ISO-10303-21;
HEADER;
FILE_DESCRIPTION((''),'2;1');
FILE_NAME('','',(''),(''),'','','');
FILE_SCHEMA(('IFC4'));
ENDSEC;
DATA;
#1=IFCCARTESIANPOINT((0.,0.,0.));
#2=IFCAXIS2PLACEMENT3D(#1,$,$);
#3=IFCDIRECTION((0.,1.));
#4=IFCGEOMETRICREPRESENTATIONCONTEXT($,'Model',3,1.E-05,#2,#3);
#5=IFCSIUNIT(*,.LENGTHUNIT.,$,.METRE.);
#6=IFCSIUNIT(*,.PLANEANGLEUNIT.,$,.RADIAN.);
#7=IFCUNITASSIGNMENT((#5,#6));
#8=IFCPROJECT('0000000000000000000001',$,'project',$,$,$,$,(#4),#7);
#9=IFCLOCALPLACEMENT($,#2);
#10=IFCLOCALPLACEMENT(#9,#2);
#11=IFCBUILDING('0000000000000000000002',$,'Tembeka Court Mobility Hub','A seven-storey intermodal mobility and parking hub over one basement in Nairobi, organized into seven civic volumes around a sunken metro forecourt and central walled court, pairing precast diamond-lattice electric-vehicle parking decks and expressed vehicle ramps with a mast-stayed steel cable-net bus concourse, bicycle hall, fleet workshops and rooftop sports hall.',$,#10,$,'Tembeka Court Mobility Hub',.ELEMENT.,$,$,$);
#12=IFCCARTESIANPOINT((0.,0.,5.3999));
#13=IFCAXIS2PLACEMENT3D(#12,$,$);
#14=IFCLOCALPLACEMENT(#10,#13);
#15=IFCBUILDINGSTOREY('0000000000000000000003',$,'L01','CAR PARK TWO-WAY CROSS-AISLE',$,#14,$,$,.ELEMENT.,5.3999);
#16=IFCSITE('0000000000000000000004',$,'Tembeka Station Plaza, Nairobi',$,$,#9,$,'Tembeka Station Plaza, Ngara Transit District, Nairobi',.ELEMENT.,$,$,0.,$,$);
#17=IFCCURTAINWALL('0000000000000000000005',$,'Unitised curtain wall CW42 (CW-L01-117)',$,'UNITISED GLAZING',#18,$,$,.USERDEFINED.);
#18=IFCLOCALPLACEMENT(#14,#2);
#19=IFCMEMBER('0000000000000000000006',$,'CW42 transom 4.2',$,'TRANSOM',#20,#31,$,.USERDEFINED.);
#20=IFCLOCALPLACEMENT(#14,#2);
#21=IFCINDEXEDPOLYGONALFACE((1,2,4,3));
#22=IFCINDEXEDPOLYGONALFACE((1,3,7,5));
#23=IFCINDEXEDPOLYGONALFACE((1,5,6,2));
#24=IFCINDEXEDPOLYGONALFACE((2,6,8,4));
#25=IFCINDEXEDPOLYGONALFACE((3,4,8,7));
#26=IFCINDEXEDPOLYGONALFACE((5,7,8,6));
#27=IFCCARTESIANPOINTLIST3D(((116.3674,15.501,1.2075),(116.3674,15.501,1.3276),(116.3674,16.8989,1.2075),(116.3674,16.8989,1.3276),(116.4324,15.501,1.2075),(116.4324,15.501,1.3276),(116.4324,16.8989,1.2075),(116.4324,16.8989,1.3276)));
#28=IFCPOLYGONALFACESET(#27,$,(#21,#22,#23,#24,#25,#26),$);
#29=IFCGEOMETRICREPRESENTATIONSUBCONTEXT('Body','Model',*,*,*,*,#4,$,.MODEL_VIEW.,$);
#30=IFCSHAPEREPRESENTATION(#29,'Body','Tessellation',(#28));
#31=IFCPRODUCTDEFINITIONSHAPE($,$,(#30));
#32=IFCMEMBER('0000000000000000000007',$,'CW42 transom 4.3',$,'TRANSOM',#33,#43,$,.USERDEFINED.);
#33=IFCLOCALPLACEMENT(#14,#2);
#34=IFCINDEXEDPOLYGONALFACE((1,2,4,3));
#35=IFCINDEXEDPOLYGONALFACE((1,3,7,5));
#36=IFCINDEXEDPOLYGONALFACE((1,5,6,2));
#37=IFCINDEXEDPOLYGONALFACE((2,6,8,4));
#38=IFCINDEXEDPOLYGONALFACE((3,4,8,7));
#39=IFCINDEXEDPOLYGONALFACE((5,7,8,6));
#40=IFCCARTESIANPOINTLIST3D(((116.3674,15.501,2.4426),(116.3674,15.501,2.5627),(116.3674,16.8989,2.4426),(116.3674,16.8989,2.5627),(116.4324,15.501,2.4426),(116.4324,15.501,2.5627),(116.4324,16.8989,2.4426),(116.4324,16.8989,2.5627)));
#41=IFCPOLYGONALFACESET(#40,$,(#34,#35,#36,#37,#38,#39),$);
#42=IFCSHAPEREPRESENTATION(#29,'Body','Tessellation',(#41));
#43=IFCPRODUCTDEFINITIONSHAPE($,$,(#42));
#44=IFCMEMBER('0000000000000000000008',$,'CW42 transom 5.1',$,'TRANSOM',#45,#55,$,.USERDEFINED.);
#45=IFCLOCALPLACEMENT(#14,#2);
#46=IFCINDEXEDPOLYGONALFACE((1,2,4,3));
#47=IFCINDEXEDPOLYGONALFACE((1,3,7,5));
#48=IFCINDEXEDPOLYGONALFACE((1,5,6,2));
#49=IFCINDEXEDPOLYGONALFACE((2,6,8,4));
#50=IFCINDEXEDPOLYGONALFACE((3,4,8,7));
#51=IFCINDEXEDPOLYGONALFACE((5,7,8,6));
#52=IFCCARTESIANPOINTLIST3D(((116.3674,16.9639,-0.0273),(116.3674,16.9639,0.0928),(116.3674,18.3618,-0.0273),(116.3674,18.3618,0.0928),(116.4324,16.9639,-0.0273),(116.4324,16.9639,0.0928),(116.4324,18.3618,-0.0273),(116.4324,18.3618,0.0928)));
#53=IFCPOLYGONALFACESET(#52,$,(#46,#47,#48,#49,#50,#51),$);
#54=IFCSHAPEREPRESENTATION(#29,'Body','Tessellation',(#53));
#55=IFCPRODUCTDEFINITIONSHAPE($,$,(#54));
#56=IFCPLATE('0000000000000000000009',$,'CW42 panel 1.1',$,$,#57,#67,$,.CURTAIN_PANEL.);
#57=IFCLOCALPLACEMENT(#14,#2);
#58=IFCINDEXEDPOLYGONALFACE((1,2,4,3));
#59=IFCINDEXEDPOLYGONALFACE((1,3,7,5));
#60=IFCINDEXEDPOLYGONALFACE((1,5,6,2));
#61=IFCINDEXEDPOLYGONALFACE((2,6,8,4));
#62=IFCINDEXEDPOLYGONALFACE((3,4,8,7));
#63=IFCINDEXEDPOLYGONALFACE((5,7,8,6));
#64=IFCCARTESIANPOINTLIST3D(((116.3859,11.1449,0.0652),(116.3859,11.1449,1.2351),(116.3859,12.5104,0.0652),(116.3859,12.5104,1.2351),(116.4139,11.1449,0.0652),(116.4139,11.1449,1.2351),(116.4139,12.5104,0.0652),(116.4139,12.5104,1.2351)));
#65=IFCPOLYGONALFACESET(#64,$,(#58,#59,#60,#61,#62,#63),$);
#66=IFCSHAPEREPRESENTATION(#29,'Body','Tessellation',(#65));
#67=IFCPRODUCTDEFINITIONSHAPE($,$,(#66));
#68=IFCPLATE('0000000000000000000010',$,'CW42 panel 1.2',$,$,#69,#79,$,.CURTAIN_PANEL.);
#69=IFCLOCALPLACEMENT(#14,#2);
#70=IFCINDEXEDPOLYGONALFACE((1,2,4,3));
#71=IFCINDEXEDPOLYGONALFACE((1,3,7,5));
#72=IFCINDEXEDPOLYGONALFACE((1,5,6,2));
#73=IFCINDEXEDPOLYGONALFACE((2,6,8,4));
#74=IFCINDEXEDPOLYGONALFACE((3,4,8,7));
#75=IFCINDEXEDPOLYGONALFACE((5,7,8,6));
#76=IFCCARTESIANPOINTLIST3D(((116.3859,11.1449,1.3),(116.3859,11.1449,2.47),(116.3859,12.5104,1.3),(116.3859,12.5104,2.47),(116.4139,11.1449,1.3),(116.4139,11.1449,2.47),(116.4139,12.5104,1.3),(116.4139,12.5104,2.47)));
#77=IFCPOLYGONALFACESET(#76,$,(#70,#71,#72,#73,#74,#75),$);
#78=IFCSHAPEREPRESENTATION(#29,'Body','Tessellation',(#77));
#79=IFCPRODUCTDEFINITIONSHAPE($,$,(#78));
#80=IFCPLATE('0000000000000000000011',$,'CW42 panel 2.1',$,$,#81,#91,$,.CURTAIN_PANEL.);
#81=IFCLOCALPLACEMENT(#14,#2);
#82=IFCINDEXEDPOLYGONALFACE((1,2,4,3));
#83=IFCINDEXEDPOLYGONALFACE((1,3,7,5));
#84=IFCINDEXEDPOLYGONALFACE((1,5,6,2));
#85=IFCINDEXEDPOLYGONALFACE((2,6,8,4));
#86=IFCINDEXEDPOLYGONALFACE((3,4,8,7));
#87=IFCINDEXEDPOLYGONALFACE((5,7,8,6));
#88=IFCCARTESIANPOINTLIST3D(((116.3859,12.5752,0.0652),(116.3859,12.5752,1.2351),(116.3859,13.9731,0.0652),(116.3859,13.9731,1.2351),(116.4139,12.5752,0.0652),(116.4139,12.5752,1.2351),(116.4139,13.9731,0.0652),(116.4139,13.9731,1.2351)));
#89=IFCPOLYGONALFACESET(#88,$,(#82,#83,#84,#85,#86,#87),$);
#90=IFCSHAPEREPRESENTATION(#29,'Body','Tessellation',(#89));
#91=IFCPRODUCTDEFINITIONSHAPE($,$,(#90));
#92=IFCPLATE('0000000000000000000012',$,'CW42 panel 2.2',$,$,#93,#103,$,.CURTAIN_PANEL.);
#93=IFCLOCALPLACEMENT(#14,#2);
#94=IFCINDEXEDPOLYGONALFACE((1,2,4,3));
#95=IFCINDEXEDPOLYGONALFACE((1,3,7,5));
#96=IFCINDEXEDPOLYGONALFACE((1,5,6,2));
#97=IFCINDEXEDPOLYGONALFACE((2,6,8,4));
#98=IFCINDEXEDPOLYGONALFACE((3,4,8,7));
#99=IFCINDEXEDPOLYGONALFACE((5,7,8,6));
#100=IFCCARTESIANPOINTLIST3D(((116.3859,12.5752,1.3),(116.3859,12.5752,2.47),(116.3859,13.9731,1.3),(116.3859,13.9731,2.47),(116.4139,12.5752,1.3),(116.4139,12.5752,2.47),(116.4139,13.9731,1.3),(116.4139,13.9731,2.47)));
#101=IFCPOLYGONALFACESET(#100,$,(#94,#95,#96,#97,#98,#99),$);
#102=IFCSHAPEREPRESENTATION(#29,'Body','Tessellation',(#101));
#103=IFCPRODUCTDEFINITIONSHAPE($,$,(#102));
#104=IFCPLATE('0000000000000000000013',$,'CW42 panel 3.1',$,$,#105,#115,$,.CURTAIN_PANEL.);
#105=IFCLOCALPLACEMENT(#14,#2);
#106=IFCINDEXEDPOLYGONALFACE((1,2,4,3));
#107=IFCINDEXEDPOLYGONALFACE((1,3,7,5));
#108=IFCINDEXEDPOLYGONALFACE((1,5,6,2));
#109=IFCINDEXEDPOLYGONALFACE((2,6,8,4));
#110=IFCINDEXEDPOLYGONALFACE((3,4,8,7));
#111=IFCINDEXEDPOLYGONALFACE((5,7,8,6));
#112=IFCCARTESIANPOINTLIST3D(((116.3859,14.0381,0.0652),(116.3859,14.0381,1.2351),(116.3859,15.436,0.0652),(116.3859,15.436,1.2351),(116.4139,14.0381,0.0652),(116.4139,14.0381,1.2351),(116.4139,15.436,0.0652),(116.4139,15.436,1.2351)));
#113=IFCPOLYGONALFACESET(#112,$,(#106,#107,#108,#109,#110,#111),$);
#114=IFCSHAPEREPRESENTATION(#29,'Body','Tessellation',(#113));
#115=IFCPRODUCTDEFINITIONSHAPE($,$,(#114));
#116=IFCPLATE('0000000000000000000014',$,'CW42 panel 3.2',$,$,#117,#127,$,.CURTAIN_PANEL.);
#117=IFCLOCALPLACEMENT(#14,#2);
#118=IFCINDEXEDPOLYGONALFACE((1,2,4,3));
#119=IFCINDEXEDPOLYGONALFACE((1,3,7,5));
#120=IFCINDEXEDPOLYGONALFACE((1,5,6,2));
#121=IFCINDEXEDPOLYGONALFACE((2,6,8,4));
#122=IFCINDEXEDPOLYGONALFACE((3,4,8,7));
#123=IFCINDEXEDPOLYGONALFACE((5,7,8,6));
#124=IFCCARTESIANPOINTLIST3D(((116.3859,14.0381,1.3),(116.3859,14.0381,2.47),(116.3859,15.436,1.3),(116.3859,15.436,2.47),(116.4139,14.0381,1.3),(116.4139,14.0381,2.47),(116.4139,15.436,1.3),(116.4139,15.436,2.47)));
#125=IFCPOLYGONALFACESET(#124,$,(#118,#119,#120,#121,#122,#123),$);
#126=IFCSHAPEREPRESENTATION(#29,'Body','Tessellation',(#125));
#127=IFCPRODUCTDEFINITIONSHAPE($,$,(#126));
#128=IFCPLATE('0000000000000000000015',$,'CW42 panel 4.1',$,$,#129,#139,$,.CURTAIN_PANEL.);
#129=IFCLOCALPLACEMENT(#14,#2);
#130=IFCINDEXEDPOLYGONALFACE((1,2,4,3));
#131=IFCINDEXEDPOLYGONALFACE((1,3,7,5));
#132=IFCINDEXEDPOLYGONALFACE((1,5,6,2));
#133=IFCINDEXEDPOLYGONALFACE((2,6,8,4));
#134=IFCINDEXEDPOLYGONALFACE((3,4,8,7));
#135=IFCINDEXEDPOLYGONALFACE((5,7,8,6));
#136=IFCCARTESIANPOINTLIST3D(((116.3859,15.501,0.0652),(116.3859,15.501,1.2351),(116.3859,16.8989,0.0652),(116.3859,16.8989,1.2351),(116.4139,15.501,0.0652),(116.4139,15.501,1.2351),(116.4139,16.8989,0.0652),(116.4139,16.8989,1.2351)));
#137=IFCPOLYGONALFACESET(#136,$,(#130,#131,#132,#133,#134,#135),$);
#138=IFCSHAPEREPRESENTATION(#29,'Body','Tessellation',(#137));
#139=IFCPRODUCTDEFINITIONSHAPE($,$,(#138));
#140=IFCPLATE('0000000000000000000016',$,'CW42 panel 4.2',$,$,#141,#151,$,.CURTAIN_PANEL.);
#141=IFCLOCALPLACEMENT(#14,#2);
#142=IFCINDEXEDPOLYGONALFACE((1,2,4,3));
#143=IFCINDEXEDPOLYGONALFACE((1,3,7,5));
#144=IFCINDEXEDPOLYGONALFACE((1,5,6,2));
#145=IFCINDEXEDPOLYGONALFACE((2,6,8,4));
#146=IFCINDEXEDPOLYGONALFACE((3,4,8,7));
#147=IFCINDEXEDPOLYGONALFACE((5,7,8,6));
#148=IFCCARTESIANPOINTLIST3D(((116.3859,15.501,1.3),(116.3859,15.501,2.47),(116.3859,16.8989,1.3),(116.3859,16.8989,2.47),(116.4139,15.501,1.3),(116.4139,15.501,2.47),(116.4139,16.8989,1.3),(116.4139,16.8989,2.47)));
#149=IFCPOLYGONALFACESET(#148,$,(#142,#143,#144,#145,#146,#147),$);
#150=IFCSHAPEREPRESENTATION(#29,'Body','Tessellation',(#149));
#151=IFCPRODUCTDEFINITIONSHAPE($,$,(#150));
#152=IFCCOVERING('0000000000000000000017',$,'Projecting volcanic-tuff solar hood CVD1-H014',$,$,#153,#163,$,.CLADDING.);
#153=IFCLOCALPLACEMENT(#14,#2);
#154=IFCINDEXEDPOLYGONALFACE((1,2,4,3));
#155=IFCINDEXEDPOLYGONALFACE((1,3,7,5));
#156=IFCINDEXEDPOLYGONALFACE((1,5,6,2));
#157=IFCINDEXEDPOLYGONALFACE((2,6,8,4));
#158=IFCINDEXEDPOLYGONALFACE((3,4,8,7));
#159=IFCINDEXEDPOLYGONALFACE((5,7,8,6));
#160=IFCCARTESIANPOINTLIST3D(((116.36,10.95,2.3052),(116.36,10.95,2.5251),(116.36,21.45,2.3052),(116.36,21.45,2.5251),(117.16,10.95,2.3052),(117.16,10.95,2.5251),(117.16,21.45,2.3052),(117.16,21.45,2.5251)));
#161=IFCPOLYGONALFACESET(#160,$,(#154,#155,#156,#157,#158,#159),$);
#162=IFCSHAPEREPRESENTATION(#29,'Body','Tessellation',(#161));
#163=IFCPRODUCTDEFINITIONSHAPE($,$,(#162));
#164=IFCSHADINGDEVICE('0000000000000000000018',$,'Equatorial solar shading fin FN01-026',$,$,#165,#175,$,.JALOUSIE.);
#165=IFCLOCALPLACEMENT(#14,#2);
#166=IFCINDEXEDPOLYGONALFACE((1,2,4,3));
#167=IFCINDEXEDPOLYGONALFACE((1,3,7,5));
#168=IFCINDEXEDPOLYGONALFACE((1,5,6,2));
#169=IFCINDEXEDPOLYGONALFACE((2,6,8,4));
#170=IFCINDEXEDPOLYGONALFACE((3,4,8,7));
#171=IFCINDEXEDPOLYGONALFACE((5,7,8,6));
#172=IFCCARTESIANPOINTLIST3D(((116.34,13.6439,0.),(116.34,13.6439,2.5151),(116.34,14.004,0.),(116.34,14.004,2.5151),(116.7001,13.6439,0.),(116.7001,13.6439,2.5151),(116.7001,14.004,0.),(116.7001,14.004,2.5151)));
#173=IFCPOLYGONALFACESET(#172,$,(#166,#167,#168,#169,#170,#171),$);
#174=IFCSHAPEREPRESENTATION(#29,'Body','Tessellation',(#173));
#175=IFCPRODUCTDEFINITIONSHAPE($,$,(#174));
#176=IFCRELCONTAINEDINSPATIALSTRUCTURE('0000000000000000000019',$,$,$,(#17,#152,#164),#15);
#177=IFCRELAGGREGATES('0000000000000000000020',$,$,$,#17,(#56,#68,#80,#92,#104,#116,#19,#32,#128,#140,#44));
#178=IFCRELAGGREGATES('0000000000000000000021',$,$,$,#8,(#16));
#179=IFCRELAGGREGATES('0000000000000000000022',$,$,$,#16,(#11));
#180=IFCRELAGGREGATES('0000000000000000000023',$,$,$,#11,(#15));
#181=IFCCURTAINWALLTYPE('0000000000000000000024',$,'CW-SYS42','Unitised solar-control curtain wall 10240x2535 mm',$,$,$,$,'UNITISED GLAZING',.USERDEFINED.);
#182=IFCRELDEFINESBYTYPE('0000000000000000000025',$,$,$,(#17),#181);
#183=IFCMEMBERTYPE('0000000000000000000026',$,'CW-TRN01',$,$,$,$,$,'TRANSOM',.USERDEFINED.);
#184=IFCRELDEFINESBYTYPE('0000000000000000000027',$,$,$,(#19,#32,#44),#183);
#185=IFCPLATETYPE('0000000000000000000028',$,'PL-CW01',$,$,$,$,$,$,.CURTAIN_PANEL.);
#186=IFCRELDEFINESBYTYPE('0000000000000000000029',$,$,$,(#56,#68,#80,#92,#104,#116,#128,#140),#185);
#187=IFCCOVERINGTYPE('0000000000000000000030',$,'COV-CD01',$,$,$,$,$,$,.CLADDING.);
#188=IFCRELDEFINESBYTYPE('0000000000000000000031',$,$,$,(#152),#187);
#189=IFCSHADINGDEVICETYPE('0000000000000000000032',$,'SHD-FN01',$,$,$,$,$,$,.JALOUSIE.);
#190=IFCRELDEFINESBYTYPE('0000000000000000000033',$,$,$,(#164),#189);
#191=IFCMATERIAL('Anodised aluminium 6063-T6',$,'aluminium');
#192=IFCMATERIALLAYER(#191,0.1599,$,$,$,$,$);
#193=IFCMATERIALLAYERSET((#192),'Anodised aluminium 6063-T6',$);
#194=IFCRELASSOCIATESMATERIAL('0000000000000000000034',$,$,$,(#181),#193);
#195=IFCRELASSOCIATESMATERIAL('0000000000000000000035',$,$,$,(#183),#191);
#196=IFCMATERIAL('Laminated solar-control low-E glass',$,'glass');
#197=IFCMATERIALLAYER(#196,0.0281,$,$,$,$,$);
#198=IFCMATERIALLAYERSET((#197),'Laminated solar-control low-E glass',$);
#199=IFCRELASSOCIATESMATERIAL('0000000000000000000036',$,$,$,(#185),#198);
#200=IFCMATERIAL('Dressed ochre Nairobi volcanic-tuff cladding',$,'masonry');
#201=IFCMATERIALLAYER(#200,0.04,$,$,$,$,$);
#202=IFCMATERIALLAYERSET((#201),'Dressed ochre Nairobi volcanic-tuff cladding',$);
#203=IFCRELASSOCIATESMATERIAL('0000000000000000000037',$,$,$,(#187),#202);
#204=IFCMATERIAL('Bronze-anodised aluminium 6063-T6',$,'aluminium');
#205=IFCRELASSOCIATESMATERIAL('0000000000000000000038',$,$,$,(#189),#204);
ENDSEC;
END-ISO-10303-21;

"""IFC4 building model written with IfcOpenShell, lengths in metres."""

from ifc_helpers import new_model, si_unit, direction, frame, origin, origin_2d, place, context, subcontext, project, spatial, rectangle, extrude, material, layer, layer_set, material_profile, profile_set, type_object, element, aggregate, save


model = new_model("IFC4")

# Units and contexts
model_context = context("Model", 3, precision=1e-05, world=origin(), true_north=direction((0.0, 1.0)))
body_context = subcontext(model_context, "Body", "Model", "MODEL_VIEW")
ifc_project = project(units=[si_unit("LENGTHUNIT", "METRE"), si_unit("PLANEANGLEUNIT", "RADIAN")], contexts=[model_context])

# Site, building, storey
site_placement = place(None, origin())
site = spatial("IfcSite", under=ifc_project, at=site_placement, Name="Tembeka Station Plaza, Nairobi", LongName="Tembeka Station Plaza, Ngara Transit District, Nairobi", CompositionType="ELEMENT", RefElevation=0.0)
building_placement = place(site_placement, origin())
building = spatial("IfcBuilding", under=site, at=building_placement, Name="Tembeka Court Mobility Hub", Description="A seven-storey intermodal mobility and parking hub over one basement in Nairobi, organized into seven civic volumes around a sunken metro forecourt and central walled court, pairing precast diamond-lattice electric-vehicle parking decks and expressed vehicle ramps with a mast-stayed steel cable-net bus concourse, bicycle hall, fleet workshops and rooftop sports hall.", LongName="Tembeka Court Mobility Hub", CompositionType="ELEMENT")
storey_placement = place(building_placement, frame((0.0, 0.0, 5.3999)))
storey = spatial("IfcBuildingStorey", under=building, at=storey_placement, Name="L01", Description="CAR PARK TWO-WAY CROSS-AISLE", CompositionType="ELEMENT", Elevation=5.3999)

# Curtain wall, members, plates
ifc_material_1 = material(Name="Anodised aluminium 6063-T6", Category="aluminium")
ifc_layer_1 = layer(ifc_material_1, 0.1599)
ifc_layer_set_1 = layer_set([ifc_layer_1], Name="Anodised aluminium 6063-T6")
curtain_wall_type = type_object("IfcCurtainWallType", Name="CW-SYS42", Description="Unitised solar-control curtain wall 10240x2535 mm", ElementType="UNITISED GLAZING", PredefinedType="USERDEFINED", material=ifc_layer_set_1)
curtain_wall_placement = place(storey_placement, origin())
curtain_wall = element("IfcCurtainWall", 1, at=curtain_wall_placement, inside=storey, type_object=curtain_wall_type, Name="Unitised curtain wall CW42 (CW-L01-117)", ObjectType="UNITISED GLAZING", PredefinedType="USERDEFINED")
ifc_material_profile_1 = material_profile(ifc_material_1, rectangle(XDim=0.0649, YDim=0.1201, at=origin_2d()), Name="ALU-TRN 65x120")
ifc_profile_set_1 = profile_set([ifc_material_profile_1], Name="Anodised aluminium 6063-T6")
member_type_1 = type_object("IfcMemberType", Name="CW-TRN01", ElementType="TRANSOM", PredefinedType="USERDEFINED", material=ifc_profile_set_1)
member_1_placement = place(storey_placement, frame((116.3999, 15.501, 1.2676), z_axis=(0.0, 1.0, 0.0), x_axis=(-1.0, 0.0, 0.0)))
member_1 = element("IfcMember", 2, at=member_1_placement, type_object=member_type_1, Name="CW42 transom 4.2", ObjectType="TRANSOM", PredefinedType="USERDEFINED", context=body_context, shape_type="SweptSolid", body=[
    extrude(rectangle(XDim=0.0649, YDim=0.1201, at=origin_2d()), origin(), (0.0, 0.0, 1.0), 1.3979),
])
member_2_placement = place(storey_placement, frame((116.3999, 15.501, 2.5027), z_axis=(0.0, 1.0, 0.0), x_axis=(-1.0, 0.0, 0.0)))
member_2 = element("IfcMember", 3, at=member_2_placement, type_object=member_type_1, Name="CW42 transom 4.3", ObjectType="TRANSOM", PredefinedType="USERDEFINED", context=body_context, shape_type="SweptSolid", body=[
    extrude(rectangle(XDim=0.0649, YDim=0.1201, at=origin_2d()), origin(), (0.0, 0.0, 1.0), 1.3979),
])
member_3_placement = place(storey_placement, frame((116.3999, 16.9639, 0.0327), z_axis=(0.0, 1.0, 0.0), x_axis=(-1.0, 0.0, 0.0)))
member_3 = element("IfcMember", 4, at=member_3_placement, type_object=member_type_1, Name="CW42 transom 5.1", ObjectType="TRANSOM", PredefinedType="USERDEFINED", context=body_context, shape_type="SweptSolid", body=[
    extrude(rectangle(XDim=0.0649, YDim=0.1201, at=origin_2d()), origin(), (0.0, 0.0, 1.0), 1.3979),
])
ifc_material_2 = material(Name="Laminated solar-control low-E glass", Category="glass")
ifc_layer_2 = layer(ifc_material_2, 0.0281)
ifc_layer_set_2 = layer_set([ifc_layer_2], Name="Laminated solar-control low-E glass")
plate_type = type_object("IfcPlateType", Name="PL-CW01", PredefinedType="CURTAIN_PANEL", material=ifc_layer_set_2)
plate_1_placement = place(storey_placement, frame((116.3999, 11.8276, 0.0652), z_axis=(0.0, 0.0, 1.0), x_axis=(0.0, 1.0, 0.0)))
plate_1 = element("IfcPlate", 5, at=plate_1_placement, type_object=plate_type, Name="CW42 panel 1.1", PredefinedType="CURTAIN_PANEL", context=body_context, shape_type="SweptSolid", body=[
    extrude(rectangle(XDim=1.3655, YDim=0.0281, at=origin_2d()), origin(), (0.0, 0.0, 1.0), 1.1699),
])
plate_2_placement = place(storey_placement, frame((116.3999, 11.8276, 1.3), z_axis=(0.0, 0.0, 1.0), x_axis=(0.0, 1.0, 0.0)))
plate_2 = element("IfcPlate", 6, at=plate_2_placement, type_object=plate_type, Name="CW42 panel 1.2", PredefinedType="CURTAIN_PANEL", context=body_context, shape_type="SweptSolid", body=[
    extrude(rectangle(XDim=1.3655, YDim=0.0281, at=origin_2d()), origin(), (0.0, 0.0, 1.0), 1.1699),
])
plate_3_placement = place(storey_placement, frame((116.3999, 13.2742, 0.0652), z_axis=(0.0, 0.0, 1.0), x_axis=(0.0, 1.0, 0.0)))
plate_3 = element("IfcPlate", 7, at=plate_3_placement, type_object=plate_type, Name="CW42 panel 2.1", PredefinedType="CURTAIN_PANEL", context=body_context, shape_type="SweptSolid", body=[
    extrude(rectangle(XDim=1.3979, YDim=0.0281, at=origin_2d()), origin(), (0.0, 0.0, 1.0), 1.1699),
])
plate_4_placement = place(storey_placement, frame((116.3999, 13.2742, 1.3), z_axis=(0.0, 0.0, 1.0), x_axis=(0.0, 1.0, 0.0)))
plate_4 = element("IfcPlate", 8, at=plate_4_placement, type_object=plate_type, Name="CW42 panel 2.2", PredefinedType="CURTAIN_PANEL", context=body_context, shape_type="SweptSolid", body=[
    extrude(rectangle(XDim=1.3979, YDim=0.0281, at=origin_2d()), origin(), (0.0, 0.0, 1.0), 1.1699),
])
plate_5_placement = place(storey_placement, frame((116.3999, 14.7371, 0.0652), z_axis=(0.0, 0.0, 1.0), x_axis=(0.0, 1.0, 0.0)))
plate_5 = element("IfcPlate", 9, at=plate_5_placement, type_object=plate_type, Name="CW42 panel 3.1", PredefinedType="CURTAIN_PANEL", context=body_context, shape_type="SweptSolid", body=[
    extrude(rectangle(XDim=1.3979, YDim=0.0281, at=origin_2d()), origin(), (0.0, 0.0, 1.0), 1.1699),
])
plate_6_placement = place(storey_placement, frame((116.3999, 14.7371, 1.3), z_axis=(0.0, 0.0, 1.0), x_axis=(0.0, 1.0, 0.0)))
plate_6 = element("IfcPlate", 10, at=plate_6_placement, type_object=plate_type, Name="CW42 panel 3.2", PredefinedType="CURTAIN_PANEL", context=body_context, shape_type="SweptSolid", body=[
    extrude(rectangle(XDim=1.3979, YDim=0.0281, at=origin_2d()), origin(), (0.0, 0.0, 1.0), 1.1699),
])
plate_7_placement = place(storey_placement, frame((116.3999, 16.2, 0.0652), z_axis=(0.0, 0.0, 1.0), x_axis=(0.0, 1.0, 0.0)))
plate_7 = element("IfcPlate", 11, at=plate_7_placement, type_object=plate_type, Name="CW42 panel 4.1", PredefinedType="CURTAIN_PANEL", context=body_context, shape_type="SweptSolid", body=[
    extrude(rectangle(XDim=1.3979, YDim=0.0281, at=origin_2d()), origin(), (0.0, 0.0, 1.0), 1.1699),
])
plate_8_placement = place(storey_placement, frame((116.3999, 16.2, 1.3), z_axis=(0.0, 0.0, 1.0), x_axis=(0.0, 1.0, 0.0)))
plate_8 = element("IfcPlate", 12, at=plate_8_placement, type_object=plate_type, Name="CW42 panel 4.2", PredefinedType="CURTAIN_PANEL", context=body_context, shape_type="SweptSolid", body=[
    extrude(rectangle(XDim=1.3979, YDim=0.0281, at=origin_2d()), origin(), (0.0, 0.0, 1.0), 1.1699),
])
aggregate(curtain_wall, [plate_1, plate_2, plate_3, plate_4, plate_5, plate_6, member_1, member_2, plate_7, plate_8, member_3])

# Covering
ifc_material_3 = material(Name="Dressed ochre Nairobi volcanic-tuff cladding", Category="masonry")
ifc_layer_3 = layer(ifc_material_3, 0.04)
ifc_layer_set_3 = layer_set([ifc_layer_3], Name="Dressed ochre Nairobi volcanic-tuff cladding")
covering_type = type_object("IfcCoveringType", Name="COV-CD01", PredefinedType="CLADDING", material=ifc_layer_set_3)
covering_placement = place(storey_placement, frame((116.76, 16.2, 2.3052), z_axis=(0.0, 0.0, 1.0), x_axis=(0.0, 1.0, 0.0)))
element("IfcCovering", 13, at=covering_placement, inside=storey, type_object=covering_type, Name="Projecting volcanic-tuff solar hood CVD1-H014", PredefinedType="CLADDING", context=body_context, shape_type="SweptSolid", body=[
    extrude(rectangle(XDim=10.5, YDim=0.8, at=origin_2d()), origin(), (0.0, 0.0, 1.0), 0.22),
])

# Shading device
ifc_material_4 = material(Name="Bronze-anodised aluminium 6063-T6", Category="aluminium")
ifc_material_profile_2 = material_profile(ifc_material_4, rectangle(XDim=0.3601, YDim=0.3601, at=origin_2d()), Name="ALU-FIN 360x360")
ifc_profile_set_2 = profile_set([ifc_material_profile_2], Name="Bronze-anodised aluminium 6063-T6")
shading_device_type = type_object("IfcShadingDeviceType", Name="SHD-FN01", PredefinedType="JALOUSIE", material=ifc_profile_set_2)
shading_device_placement = place(storey_placement, frame((116.52, 13.824, 0.0), z_axis=(0.0, 0.0, 1.0), x_axis=(1.0, 0.0, 0.0)))
element("IfcShadingDevice", 14, at=shading_device_placement, inside=storey, type_object=shading_device_type, Name="Equatorial solar shading fin FN01-026", PredefinedType="JALOUSIE", context=body_context, shape_type="SweptSolid", body=[
    extrude(rectangle(XDim=0.3601, YDim=0.3601, at=origin_2d()), origin(), (0.0, 0.0, 1.0), 2.5151),
])

save(model, "model.ifc")
